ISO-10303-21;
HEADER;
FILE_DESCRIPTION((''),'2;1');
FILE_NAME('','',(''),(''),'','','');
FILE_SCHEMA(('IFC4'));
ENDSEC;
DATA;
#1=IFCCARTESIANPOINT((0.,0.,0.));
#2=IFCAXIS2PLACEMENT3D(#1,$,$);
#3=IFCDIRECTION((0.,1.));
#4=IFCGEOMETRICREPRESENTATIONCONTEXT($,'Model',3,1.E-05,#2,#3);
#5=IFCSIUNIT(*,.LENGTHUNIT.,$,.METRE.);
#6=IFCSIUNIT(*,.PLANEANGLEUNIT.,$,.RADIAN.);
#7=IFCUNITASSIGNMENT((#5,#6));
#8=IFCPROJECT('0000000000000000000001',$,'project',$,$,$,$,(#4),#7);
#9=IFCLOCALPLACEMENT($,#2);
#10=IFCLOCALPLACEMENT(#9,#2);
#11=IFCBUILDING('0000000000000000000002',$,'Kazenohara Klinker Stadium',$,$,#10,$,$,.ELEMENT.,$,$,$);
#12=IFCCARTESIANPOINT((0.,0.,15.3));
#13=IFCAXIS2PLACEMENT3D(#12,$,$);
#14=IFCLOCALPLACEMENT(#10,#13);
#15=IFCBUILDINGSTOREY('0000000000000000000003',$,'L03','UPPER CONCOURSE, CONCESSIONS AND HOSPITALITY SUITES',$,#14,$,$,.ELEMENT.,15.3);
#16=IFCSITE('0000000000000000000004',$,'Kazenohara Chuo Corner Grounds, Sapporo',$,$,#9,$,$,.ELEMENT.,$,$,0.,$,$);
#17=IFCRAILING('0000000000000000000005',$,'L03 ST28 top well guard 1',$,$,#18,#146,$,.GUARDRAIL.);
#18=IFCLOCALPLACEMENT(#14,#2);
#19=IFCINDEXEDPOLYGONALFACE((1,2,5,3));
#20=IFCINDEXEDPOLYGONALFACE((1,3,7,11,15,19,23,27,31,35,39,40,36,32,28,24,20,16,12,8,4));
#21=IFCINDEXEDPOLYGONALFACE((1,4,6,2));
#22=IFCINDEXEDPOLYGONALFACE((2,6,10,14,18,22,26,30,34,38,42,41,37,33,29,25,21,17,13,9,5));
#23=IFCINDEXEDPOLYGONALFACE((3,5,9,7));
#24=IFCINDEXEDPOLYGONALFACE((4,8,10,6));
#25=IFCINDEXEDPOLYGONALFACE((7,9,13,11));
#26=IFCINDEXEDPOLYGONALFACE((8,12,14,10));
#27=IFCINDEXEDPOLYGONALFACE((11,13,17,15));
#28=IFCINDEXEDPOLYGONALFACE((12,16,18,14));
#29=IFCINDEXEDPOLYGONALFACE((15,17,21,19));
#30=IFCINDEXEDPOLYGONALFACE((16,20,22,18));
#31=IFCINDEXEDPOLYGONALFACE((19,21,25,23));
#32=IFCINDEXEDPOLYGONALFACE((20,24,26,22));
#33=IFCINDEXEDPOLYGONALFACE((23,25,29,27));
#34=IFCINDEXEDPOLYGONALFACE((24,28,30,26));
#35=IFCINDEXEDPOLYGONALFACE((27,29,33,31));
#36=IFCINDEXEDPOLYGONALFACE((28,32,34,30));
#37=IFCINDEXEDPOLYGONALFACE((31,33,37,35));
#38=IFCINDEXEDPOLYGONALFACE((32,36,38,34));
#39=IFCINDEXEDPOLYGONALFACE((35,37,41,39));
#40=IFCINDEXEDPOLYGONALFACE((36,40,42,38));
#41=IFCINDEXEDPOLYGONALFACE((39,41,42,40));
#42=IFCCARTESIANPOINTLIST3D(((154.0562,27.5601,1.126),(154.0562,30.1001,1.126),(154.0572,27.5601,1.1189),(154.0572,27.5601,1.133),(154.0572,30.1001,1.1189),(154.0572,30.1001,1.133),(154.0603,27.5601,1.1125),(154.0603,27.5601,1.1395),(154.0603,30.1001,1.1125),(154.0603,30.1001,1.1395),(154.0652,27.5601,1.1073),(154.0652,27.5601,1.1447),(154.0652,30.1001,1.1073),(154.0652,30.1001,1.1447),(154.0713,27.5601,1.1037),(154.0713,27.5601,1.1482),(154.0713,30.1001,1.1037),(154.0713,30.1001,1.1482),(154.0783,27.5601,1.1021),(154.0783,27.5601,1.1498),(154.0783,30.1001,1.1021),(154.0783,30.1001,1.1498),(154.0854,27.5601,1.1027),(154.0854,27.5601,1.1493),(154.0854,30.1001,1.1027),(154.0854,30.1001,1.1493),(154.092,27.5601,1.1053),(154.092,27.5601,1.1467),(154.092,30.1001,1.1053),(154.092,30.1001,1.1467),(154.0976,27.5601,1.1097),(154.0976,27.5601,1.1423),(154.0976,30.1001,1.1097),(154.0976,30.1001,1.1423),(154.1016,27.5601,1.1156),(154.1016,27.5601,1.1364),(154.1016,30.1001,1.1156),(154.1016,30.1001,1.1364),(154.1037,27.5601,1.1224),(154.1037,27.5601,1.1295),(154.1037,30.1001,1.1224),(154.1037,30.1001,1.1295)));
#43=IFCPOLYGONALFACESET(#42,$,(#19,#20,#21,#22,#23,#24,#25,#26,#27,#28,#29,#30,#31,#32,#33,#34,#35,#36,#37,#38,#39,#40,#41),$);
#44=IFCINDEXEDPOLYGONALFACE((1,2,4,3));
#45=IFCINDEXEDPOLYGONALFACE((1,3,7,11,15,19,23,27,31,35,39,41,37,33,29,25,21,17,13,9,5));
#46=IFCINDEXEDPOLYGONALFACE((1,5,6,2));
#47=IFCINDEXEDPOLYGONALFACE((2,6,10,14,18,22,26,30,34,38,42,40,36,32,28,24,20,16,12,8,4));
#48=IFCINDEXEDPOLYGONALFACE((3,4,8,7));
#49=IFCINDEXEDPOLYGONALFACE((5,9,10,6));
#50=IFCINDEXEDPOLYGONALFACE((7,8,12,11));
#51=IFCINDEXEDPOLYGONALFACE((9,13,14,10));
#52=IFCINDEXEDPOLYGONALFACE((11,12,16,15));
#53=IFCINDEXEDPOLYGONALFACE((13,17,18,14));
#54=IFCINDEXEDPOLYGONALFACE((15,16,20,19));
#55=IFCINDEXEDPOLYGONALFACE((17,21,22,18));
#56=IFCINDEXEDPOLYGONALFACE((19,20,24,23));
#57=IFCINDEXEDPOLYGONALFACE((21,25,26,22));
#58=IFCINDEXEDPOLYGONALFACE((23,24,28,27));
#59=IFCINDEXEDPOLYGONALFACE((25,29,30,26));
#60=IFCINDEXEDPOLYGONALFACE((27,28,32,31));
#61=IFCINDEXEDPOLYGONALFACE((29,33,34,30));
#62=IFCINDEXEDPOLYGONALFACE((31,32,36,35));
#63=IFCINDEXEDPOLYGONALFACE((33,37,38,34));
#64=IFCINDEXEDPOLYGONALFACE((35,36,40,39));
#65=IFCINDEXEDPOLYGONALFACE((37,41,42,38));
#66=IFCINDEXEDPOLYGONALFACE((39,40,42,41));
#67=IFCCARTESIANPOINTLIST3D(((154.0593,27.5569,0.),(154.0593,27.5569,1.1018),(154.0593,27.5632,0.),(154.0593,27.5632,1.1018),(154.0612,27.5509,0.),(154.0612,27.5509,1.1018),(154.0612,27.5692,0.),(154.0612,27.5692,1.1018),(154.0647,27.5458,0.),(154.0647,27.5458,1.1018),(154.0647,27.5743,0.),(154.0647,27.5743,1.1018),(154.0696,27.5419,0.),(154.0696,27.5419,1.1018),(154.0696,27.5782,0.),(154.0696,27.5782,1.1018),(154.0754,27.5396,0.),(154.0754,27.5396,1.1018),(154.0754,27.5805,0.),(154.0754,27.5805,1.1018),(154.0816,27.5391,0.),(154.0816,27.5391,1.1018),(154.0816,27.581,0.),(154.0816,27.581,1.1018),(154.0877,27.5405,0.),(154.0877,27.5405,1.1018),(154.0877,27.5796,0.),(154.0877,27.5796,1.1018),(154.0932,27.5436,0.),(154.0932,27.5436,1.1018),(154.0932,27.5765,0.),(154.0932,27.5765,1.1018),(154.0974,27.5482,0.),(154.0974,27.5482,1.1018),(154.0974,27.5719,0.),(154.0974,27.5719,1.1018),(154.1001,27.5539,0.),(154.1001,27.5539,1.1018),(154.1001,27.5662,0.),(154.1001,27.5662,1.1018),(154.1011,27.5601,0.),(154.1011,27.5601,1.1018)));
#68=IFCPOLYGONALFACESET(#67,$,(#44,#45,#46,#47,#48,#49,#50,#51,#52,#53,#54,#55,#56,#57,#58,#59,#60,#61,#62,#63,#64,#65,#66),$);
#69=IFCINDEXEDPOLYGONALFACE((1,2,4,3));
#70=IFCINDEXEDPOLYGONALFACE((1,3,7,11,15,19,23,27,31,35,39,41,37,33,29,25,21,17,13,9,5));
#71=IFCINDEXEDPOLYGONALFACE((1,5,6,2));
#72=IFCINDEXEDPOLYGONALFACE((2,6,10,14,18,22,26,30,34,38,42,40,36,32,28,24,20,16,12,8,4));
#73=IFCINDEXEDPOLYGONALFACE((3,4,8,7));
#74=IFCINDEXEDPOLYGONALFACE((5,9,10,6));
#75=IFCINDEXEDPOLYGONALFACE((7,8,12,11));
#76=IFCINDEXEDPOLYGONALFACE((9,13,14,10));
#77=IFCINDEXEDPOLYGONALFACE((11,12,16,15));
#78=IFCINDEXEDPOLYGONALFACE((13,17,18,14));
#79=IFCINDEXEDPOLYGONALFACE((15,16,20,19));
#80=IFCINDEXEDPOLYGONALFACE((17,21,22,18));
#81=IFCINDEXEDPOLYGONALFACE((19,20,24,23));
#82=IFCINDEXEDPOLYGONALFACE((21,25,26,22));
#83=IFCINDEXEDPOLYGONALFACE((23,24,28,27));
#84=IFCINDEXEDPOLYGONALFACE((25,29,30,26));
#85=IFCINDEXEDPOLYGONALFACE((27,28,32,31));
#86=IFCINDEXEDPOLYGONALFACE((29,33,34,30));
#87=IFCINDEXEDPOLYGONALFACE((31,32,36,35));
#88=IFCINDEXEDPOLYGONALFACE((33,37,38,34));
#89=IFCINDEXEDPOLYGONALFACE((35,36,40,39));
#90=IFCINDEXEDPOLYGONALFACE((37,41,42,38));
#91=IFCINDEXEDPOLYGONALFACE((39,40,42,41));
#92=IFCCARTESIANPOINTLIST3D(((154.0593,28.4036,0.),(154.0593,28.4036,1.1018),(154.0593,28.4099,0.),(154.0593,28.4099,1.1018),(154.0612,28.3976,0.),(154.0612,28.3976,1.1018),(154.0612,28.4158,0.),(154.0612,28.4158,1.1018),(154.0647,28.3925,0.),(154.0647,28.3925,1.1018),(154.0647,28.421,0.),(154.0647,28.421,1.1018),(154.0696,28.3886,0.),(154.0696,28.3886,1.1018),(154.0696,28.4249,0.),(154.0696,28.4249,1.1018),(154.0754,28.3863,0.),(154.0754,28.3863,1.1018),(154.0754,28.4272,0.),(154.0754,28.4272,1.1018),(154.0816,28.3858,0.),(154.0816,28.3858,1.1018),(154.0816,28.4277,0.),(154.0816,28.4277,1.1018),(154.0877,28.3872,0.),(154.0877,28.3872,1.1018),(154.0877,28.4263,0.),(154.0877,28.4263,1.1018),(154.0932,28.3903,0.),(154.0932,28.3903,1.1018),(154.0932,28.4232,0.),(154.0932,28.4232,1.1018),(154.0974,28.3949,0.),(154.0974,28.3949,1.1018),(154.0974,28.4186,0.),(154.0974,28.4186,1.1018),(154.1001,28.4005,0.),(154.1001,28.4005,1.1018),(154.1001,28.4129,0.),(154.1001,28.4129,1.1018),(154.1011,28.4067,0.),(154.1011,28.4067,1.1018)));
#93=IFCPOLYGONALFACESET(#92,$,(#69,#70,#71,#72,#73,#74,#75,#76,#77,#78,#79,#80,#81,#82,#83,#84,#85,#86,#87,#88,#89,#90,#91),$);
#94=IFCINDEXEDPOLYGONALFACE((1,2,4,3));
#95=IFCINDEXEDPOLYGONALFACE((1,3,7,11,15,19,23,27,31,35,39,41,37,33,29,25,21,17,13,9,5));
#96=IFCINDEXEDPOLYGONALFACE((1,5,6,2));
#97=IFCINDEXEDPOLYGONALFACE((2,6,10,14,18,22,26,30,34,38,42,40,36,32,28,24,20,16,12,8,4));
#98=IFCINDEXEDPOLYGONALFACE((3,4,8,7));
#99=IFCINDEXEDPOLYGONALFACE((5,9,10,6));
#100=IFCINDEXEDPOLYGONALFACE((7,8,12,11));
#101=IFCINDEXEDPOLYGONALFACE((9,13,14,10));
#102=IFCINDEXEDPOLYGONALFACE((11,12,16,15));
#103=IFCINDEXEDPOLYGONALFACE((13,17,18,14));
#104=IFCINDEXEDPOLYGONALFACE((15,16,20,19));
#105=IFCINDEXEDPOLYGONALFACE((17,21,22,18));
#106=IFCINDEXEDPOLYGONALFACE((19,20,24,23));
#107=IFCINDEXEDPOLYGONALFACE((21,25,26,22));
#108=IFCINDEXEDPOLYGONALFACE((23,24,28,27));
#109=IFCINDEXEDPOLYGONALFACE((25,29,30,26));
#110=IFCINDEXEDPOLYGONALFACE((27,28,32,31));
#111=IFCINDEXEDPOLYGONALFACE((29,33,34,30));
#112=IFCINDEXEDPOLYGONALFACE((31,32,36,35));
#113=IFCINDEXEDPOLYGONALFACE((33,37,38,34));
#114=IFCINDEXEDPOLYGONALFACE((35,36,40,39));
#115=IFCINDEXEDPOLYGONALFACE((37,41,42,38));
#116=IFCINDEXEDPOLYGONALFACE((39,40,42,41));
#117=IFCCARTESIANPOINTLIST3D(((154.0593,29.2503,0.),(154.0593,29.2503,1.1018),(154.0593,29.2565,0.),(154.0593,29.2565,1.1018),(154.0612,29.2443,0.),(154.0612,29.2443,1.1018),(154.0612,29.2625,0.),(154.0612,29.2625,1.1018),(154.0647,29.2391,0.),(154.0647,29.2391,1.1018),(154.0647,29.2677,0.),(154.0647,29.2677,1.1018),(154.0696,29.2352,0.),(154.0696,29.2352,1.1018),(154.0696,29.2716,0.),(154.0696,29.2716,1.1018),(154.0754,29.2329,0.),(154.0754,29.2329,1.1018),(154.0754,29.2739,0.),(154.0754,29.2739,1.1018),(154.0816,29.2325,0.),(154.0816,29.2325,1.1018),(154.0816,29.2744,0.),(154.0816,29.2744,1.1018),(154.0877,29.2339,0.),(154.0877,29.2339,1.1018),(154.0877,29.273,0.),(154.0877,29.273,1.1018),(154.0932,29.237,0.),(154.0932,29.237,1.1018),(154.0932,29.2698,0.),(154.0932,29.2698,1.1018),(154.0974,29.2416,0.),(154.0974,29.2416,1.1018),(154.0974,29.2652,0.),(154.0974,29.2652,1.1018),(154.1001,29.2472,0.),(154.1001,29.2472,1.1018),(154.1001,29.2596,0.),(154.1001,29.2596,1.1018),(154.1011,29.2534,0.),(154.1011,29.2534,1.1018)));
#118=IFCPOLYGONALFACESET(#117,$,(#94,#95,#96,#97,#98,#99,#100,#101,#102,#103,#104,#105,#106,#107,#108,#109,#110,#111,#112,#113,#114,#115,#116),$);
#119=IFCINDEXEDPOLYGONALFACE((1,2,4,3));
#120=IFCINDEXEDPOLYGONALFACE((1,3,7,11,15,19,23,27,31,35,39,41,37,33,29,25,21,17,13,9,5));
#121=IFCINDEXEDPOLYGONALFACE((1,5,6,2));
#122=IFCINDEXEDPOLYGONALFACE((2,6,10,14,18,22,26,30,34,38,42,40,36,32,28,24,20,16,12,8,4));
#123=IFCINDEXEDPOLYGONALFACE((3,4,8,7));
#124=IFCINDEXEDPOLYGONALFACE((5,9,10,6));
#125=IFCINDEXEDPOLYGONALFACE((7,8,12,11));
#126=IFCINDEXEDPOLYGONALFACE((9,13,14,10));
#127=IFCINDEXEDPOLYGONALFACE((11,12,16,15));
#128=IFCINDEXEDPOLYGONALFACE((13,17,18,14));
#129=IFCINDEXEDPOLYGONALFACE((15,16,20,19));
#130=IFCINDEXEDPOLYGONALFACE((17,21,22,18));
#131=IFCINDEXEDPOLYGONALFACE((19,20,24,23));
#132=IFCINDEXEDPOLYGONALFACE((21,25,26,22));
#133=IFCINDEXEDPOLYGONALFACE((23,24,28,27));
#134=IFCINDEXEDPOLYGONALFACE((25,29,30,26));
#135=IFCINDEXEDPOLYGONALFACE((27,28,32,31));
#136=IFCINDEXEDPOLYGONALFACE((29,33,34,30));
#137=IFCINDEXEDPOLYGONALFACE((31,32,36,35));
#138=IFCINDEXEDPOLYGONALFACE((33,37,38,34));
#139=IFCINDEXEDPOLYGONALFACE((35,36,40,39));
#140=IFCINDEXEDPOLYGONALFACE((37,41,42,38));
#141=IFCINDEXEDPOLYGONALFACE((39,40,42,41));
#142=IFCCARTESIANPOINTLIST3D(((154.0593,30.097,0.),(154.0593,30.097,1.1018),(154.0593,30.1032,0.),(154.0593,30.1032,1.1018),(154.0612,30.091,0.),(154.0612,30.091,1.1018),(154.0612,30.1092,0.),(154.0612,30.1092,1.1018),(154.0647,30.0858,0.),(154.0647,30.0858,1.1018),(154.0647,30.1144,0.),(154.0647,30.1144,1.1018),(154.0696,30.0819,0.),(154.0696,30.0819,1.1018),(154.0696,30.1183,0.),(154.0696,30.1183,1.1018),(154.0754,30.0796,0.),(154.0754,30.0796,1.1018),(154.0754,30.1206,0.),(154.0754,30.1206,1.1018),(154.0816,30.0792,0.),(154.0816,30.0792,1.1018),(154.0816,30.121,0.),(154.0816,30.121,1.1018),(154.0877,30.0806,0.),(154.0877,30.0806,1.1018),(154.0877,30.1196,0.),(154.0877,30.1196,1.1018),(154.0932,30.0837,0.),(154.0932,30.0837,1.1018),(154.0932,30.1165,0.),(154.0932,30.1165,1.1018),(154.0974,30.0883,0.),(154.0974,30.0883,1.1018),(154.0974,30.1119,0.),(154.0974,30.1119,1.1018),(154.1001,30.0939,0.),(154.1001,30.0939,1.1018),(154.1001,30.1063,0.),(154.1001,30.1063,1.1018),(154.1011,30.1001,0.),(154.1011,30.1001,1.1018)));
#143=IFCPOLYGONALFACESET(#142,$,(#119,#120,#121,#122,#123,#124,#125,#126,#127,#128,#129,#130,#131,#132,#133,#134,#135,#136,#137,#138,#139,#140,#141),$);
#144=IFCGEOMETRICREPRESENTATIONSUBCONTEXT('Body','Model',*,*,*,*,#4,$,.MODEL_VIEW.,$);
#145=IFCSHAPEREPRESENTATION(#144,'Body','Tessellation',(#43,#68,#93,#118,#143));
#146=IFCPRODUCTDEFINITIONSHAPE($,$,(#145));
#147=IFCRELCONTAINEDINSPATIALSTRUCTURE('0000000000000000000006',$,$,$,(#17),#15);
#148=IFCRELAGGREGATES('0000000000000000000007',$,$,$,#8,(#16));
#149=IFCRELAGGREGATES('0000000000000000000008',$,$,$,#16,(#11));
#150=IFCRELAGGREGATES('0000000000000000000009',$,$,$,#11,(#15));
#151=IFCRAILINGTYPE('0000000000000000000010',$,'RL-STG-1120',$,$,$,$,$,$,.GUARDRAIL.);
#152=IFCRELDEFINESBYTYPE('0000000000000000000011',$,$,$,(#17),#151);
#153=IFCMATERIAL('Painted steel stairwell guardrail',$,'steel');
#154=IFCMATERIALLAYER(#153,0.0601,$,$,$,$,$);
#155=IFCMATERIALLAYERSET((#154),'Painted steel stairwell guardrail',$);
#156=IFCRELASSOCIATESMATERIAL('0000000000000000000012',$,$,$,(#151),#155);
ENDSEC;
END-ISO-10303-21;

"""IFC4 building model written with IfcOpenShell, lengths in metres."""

from ifc_helpers import new_model, si_unit, direction, frame, origin, origin_2d, place, context, subcontext, project, spatial, circle, extrude, material, layer, layer_set, type_object, element, save


model = new_model("IFC4")

# Units and contexts
model_context = context("Model", 3, precision=1e-05, world=origin(), true_north=direction((0.0, 1.0)))
body_context = subcontext(model_context, "Body", "Model", "MODEL_VIEW")
ifc_project = project(units=[si_unit("LENGTHUNIT", "METRE"), si_unit("PLANEANGLEUNIT", "RADIAN")], contexts=[model_context])

# Site, building, storey
site_placement = place(None, origin())
site = spatial("IfcSite", under=ifc_project, at=site_placement, Name="Kazenohara Chuo Corner Grounds, Sapporo", CompositionType="ELEMENT", RefElevation=0.0)
building_placement = place(site_placement, origin())
building = spatial("IfcBuilding", under=site, at=building_placement, Name="Kazenohara Klinker Stadium", CompositionType="ELEMENT")
storey_placement = place(building_placement, frame((0.0, 0.0, 15.3)))
storey = spatial("IfcBuildingStorey", under=building, at=storey_placement, Name="L03", Description="UPPER CONCOURSE, CONCESSIONS AND HOSPITALITY SUITES", CompositionType="ELEMENT", Elevation=15.3)

# Railing
ifc_material_1 = material(Name="Painted steel stairwell guardrail", Category="steel")
ifc_layer_1 = layer(ifc_material_1, 0.0601)
ifc_layer_set_1 = layer_set([ifc_layer_1], Name="Painted steel stairwell guardrail")
railing_type_1 = type_object("IfcRailingType", Name="RL-STG-1120", PredefinedType="GUARDRAIL", material=ifc_layer_set_1)
railing_1_placement = place(storey_placement, frame((154.0801, 27.5601, 0.0)))
element("IfcRailing", 1, at=railing_1_placement, inside=storey, type_object=railing_type_1, Name="L03 ST28 top well guard 1", PredefinedType="GUARDRAIL", context=body_context, shape_type="SweptSolid", body=[
    extrude(circle(Radius=0.0239, at=origin_2d()), frame((0.0, 0.0, 1.126), z_axis=(0.0, 1.0, 0.0), x_axis=(-1.0, 0.0, 0.0)), (0.0, 0.0, 1.0), 2.54),
    extrude(circle(Radius=0.021, at=origin_2d()), origin(), (0.0, 0.0, 1.0), 1.1018),
    extrude(circle(Radius=0.021, at=origin_2d()), frame((0.0, 0.8467, 0.0)), (0.0, 0.0, 1.0), 1.1018),
    extrude(circle(Radius=0.021, at=origin_2d()), frame((0.0, 1.6934, 0.0)), (0.0, 0.0, 1.0), 1.1018),
    extrude(circle(Radius=0.021, at=origin_2d()), frame((0.0, 2.54, 0.0)), (0.0, 0.0, 1.0), 1.1018),
])

save(model, "model.ifc")
